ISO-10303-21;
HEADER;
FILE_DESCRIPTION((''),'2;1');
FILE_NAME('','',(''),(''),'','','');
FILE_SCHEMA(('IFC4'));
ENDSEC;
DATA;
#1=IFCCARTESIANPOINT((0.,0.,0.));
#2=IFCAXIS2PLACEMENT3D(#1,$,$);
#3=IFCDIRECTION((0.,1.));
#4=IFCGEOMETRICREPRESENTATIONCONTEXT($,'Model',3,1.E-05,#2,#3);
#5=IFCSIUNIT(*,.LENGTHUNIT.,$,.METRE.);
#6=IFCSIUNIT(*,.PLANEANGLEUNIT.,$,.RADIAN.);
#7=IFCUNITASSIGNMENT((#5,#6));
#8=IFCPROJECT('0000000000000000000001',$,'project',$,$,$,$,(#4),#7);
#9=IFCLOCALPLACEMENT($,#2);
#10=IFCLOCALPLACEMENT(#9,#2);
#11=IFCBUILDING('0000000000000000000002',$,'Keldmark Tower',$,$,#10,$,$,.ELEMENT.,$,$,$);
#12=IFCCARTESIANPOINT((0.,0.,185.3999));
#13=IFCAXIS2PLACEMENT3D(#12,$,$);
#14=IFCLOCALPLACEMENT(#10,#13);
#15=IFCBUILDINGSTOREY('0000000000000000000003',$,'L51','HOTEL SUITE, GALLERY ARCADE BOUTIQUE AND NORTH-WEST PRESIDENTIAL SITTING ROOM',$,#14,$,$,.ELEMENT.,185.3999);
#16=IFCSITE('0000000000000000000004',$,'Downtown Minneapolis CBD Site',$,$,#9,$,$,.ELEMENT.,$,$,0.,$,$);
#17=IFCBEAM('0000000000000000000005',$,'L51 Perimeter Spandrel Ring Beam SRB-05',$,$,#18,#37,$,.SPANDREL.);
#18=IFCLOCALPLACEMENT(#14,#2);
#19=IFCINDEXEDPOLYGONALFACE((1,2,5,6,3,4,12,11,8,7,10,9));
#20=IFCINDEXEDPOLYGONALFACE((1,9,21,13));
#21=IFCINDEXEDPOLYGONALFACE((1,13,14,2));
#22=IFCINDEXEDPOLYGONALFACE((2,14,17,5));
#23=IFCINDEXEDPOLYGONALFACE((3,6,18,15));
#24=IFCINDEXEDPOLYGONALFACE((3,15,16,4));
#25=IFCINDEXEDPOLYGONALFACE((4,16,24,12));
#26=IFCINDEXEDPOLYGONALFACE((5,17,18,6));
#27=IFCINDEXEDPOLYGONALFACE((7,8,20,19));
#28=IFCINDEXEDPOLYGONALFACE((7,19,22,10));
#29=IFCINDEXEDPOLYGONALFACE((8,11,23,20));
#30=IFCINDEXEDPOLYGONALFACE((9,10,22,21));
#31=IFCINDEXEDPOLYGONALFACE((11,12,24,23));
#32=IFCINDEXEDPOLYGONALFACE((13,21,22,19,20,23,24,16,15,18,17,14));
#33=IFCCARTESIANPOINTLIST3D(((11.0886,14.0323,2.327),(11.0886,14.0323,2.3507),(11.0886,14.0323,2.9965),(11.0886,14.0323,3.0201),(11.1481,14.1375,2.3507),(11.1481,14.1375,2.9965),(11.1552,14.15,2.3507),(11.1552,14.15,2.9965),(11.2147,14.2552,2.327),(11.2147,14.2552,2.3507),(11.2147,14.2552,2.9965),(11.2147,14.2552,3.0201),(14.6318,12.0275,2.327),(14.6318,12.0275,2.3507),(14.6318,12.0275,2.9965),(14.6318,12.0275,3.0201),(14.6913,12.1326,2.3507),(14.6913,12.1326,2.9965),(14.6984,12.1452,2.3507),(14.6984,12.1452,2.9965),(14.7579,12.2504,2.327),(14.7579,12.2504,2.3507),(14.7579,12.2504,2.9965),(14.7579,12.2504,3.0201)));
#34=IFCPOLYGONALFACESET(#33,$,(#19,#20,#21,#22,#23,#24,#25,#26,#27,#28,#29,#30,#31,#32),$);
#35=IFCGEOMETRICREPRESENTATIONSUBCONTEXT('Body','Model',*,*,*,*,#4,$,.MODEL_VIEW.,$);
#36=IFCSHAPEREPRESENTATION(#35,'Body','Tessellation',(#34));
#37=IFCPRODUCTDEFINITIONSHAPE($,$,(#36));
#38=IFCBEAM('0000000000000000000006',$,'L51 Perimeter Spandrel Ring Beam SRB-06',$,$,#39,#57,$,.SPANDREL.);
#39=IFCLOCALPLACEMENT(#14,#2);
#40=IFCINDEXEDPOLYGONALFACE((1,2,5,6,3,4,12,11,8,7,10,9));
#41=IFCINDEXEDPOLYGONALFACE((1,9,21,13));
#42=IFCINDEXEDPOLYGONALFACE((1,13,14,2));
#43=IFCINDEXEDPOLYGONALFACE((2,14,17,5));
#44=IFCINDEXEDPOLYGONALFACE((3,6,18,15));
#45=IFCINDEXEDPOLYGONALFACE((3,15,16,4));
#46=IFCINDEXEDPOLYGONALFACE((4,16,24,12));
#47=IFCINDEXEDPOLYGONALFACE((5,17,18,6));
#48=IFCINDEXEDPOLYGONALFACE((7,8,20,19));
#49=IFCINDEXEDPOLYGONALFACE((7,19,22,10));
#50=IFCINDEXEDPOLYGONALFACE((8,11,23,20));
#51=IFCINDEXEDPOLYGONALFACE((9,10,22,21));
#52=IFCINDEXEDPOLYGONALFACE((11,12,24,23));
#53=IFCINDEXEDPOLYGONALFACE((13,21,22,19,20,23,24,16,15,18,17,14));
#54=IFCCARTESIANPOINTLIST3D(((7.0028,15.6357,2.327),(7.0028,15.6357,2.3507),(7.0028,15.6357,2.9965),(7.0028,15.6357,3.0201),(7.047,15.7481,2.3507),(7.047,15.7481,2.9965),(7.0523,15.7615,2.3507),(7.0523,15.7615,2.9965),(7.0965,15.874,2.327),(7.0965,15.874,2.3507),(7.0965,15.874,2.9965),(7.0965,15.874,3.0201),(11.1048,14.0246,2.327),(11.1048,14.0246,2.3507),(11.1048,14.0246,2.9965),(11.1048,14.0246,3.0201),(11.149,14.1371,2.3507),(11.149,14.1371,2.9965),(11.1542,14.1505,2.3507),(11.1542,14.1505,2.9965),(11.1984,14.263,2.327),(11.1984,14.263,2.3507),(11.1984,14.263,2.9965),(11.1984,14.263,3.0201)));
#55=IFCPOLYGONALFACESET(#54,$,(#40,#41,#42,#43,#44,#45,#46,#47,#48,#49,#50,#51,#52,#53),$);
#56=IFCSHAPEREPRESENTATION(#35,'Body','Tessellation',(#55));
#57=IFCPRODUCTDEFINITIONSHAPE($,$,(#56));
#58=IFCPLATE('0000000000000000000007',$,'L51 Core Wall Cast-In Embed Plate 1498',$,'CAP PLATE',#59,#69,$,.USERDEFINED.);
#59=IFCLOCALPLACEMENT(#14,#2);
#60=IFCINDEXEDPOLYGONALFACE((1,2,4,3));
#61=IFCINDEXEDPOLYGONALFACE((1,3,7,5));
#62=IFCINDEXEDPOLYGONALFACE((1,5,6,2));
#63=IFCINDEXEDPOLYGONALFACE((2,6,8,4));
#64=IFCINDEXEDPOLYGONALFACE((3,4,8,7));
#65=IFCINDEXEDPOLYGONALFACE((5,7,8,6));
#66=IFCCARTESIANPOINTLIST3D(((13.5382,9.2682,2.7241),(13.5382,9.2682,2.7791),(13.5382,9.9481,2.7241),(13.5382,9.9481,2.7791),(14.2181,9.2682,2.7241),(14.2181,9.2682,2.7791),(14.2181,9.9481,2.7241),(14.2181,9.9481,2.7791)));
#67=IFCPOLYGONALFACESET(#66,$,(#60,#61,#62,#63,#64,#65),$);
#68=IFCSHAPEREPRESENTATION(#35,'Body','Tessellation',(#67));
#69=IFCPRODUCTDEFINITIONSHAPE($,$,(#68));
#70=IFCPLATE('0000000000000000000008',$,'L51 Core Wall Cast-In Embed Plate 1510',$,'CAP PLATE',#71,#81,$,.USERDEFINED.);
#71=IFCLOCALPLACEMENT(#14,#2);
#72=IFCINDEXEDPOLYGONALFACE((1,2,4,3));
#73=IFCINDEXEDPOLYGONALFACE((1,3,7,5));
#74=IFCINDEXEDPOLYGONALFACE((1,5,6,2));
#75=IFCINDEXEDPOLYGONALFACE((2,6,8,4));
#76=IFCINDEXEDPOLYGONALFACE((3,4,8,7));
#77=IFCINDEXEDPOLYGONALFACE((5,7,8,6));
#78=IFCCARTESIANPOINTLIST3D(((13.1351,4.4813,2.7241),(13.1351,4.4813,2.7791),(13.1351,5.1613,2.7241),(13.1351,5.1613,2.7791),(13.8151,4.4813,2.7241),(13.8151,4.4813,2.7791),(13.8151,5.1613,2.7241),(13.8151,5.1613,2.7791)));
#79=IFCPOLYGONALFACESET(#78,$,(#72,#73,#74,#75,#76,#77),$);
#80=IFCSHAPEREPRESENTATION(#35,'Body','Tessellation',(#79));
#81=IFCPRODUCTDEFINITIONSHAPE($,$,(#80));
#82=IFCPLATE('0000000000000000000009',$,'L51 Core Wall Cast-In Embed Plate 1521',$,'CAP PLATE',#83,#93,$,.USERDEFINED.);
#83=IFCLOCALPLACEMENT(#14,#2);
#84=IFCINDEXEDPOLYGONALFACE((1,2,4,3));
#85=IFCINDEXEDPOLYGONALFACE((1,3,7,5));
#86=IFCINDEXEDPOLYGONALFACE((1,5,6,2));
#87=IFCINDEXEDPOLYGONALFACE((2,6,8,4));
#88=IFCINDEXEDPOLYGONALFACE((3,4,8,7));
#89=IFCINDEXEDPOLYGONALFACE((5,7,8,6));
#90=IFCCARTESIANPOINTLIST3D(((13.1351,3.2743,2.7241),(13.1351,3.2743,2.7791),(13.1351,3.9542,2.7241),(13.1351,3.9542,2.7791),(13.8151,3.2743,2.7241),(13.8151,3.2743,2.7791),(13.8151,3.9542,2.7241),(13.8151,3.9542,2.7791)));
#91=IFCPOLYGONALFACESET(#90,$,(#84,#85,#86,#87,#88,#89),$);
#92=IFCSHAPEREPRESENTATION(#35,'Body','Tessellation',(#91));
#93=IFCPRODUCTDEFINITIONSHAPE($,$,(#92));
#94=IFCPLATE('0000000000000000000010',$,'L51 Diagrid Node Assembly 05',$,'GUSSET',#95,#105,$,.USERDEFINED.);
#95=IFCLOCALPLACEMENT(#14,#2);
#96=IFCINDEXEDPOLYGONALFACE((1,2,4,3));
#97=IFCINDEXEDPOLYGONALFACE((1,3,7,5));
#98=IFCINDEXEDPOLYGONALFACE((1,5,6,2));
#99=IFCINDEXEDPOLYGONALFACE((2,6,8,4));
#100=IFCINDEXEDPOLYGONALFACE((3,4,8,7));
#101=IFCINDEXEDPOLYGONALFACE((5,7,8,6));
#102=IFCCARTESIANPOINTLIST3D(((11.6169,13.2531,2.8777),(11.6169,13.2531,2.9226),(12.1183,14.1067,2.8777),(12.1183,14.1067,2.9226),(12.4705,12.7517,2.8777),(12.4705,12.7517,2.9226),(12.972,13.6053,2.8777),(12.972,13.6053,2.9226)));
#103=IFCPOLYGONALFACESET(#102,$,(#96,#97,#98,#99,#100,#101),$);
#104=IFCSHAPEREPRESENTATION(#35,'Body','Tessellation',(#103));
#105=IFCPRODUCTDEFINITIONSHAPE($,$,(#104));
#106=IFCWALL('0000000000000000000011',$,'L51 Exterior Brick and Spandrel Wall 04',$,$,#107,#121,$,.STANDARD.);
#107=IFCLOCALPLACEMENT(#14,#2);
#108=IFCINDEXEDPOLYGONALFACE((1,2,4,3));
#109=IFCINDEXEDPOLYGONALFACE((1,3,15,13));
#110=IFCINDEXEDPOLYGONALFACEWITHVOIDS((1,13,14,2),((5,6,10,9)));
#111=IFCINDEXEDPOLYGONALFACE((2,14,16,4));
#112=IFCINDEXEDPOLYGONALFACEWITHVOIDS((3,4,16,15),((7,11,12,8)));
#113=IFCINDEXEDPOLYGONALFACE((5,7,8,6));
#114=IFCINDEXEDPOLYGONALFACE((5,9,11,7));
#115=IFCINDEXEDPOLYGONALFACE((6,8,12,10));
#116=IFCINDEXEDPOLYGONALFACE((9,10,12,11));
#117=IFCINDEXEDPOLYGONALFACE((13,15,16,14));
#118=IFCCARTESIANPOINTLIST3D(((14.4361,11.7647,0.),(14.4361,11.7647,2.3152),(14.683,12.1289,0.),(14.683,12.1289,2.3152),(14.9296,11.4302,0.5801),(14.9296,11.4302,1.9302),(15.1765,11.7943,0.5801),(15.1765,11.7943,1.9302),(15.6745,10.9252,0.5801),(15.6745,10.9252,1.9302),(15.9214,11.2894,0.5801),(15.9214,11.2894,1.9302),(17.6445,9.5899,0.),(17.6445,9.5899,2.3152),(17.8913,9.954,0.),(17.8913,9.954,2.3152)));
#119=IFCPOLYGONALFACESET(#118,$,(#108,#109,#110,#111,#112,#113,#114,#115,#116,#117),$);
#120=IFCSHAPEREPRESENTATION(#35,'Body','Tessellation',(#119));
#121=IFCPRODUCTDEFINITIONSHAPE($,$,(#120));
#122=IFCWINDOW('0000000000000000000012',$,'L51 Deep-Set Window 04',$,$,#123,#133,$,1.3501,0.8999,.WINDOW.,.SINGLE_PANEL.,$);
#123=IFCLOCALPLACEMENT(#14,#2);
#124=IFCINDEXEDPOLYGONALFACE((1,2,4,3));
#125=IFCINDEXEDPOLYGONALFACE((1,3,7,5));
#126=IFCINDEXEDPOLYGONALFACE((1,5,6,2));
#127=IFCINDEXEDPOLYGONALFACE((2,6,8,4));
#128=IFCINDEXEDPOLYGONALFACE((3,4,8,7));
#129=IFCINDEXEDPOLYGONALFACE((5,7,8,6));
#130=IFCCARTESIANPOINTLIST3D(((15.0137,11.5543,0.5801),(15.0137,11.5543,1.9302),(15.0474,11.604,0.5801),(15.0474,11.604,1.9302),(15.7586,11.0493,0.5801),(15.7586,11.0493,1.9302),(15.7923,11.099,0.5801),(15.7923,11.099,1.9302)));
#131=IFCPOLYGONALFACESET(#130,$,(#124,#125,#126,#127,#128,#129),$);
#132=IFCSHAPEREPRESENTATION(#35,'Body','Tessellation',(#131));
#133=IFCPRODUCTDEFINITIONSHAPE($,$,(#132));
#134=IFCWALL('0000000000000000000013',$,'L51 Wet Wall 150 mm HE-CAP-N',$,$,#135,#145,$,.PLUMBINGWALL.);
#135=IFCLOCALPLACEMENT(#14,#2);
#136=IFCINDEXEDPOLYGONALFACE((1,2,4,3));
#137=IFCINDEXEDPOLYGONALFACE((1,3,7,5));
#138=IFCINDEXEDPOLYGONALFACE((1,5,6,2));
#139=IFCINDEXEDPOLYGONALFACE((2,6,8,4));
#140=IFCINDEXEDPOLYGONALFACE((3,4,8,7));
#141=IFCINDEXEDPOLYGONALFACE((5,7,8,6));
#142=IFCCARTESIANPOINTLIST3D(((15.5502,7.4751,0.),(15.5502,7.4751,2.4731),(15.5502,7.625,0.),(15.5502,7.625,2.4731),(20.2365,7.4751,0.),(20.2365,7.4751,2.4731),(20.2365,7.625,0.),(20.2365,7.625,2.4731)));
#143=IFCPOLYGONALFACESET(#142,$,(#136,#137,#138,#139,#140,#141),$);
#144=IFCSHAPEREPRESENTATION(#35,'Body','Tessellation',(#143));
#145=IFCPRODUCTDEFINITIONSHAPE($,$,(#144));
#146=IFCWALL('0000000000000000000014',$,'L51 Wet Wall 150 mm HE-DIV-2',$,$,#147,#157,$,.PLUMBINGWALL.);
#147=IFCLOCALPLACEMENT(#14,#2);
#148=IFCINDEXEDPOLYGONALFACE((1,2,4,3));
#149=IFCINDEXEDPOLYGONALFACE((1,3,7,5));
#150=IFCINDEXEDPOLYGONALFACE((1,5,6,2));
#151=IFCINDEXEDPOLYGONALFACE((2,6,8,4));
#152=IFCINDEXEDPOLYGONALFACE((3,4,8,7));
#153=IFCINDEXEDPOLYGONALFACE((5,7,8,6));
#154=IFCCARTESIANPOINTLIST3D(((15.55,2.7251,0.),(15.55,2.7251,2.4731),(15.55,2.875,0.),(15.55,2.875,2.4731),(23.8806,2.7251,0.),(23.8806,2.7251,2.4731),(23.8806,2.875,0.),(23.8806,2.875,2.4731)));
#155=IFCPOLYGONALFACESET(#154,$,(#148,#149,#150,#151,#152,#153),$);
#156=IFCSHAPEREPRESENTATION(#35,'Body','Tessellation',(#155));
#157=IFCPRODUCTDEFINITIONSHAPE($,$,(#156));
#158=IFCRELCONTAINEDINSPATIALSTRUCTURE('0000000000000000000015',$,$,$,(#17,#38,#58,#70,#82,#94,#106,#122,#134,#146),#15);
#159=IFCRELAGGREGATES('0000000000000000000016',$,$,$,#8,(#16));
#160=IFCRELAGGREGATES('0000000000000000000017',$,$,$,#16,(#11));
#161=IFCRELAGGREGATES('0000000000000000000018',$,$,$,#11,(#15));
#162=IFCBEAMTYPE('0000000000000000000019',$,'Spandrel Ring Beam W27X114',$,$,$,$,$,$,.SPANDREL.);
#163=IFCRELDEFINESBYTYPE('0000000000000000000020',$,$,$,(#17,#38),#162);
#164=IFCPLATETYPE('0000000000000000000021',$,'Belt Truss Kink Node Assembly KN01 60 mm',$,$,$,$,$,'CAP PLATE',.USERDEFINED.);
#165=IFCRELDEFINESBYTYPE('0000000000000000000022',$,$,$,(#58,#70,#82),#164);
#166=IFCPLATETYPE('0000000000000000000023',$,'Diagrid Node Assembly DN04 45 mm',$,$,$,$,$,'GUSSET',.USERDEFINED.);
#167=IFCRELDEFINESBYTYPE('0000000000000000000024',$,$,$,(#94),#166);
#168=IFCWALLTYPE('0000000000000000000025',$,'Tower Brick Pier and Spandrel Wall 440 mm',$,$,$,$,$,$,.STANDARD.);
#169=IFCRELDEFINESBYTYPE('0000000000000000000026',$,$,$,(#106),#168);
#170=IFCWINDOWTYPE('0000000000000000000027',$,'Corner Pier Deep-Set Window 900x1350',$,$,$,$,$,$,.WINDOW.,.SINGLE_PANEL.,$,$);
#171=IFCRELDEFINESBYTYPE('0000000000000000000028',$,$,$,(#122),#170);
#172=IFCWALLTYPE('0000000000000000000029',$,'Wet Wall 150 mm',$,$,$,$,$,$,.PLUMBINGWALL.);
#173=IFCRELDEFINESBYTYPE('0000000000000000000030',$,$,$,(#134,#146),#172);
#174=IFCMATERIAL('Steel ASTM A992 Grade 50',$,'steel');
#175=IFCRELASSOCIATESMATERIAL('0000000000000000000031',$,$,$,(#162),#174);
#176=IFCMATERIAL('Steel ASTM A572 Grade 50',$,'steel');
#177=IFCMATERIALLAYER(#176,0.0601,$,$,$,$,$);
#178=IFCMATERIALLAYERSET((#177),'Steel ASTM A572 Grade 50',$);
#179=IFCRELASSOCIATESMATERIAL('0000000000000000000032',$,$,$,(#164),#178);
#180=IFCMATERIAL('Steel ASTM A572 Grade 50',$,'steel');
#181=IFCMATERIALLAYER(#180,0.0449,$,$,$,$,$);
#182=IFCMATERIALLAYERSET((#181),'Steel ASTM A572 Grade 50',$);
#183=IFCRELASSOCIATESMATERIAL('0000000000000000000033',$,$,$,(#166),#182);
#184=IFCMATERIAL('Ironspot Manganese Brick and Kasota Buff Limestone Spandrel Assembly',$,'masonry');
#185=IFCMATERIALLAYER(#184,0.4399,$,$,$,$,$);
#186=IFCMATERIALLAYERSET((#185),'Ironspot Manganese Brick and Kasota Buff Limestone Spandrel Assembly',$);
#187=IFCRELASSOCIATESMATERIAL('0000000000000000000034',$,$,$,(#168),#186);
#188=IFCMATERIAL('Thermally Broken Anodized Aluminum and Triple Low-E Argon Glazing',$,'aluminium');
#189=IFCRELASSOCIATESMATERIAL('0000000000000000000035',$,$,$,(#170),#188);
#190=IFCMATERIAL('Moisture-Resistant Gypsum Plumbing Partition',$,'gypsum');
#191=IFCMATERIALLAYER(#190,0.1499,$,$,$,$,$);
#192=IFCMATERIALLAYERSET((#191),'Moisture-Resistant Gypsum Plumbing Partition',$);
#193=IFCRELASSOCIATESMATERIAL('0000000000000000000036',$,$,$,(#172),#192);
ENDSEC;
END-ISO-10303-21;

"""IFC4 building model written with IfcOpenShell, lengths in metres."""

from ifc_helpers import new_model, si_unit, direction, frame, frame_2d, origin, origin_2d, place, context, subcontext, project, spatial, rectangle, i_section, extrude, material, layer, layer_set, material_profile, profile_set, type_object, element, fill, save


model = new_model("IFC4")

# Units and contexts
model_context = context("Model", 3, precision=1e-05, world=origin(), true_north=direction((0.0, 1.0)))
body_context = subcontext(model_context, "Body", "Model", "MODEL_VIEW")
ifc_project = project(units=[si_unit("LENGTHUNIT", "METRE"), si_unit("PLANEANGLEUNIT", "RADIAN")], contexts=[model_context])

# Site, building, storey
site_placement = place(None, origin())
site = spatial("IfcSite", under=ifc_project, at=site_placement, Name="Downtown Minneapolis CBD Site", CompositionType="ELEMENT", RefElevation=0.0)
building_placement = place(site_placement, origin())
building = spatial("IfcBuilding", under=site, at=building_placement, Name="Keldmark Tower", CompositionType="ELEMENT")
storey_placement = place(building_placement, frame((0.0, 0.0, 185.3999)))
storey = spatial("IfcBuildingStorey", under=building, at=storey_placement, Name="L51", Description="HOTEL SUITE, GALLERY ARCADE BOUTIQUE AND NORTH-WEST PRESIDENTIAL SITTING ROOM", CompositionType="ELEMENT", Elevation=185.3999)

# Beams
ifc_material_1 = material(Name="Steel ASTM A992 Grade 50", Category="steel")
ifc_material_profile_1 = material_profile(ifc_material_1, i_section(OverallWidth=0.2561, OverallDepth=0.6931, WebThickness=0.0144, FlangeThickness=0.0237, at=origin_2d()), Name="W27X114")
ifc_profile_set_1 = profile_set([ifc_material_profile_1], Name="Steel ASTM A992 Grade 50")
beam_type_1 = type_object("IfcBeamType", Name="Spandrel Ring Beam W27X114", PredefinedType="SPANDREL", material=ifc_profile_set_1)
beam_1_placement = place(storey_placement, frame((14.6948, 12.1389, 2.6736), z_axis=(-0.870332, 0.492466, 0.0), x_axis=(-0.492466, -0.870332, 0.0)))
element("IfcBeam", 1, at=beam_1_placement, inside=storey, type_object=beam_type_1, Name="L51 Perimeter Spandrel Ring Beam SRB-05", PredefinedType="SPANDREL", context=body_context, shape_type="SweptSolid", body=[
    extrude(i_section(OverallWidth=0.2561, OverallDepth=0.6931, WebThickness=0.0144, FlangeThickness=0.0237, at=origin_2d()), origin(), (0.0, 0.0, 1.0), 4.071),
])
beam_2_placement = place(storey_placement, frame((11.1516, 14.1438, 2.6736), z_axis=(-0.930785, 0.365567, 0.0), x_axis=(-0.365567, -0.930785, 0.0)))
element("IfcBeam", 2, at=beam_2_placement, inside=storey, type_object=beam_type_1, Name="L51 Perimeter Spandrel Ring Beam SRB-06", PredefinedType="SPANDREL", context=body_context, shape_type="SweptSolid", body=[
    extrude(i_section(OverallWidth=0.2561, OverallDepth=0.6931, WebThickness=0.0144, FlangeThickness=0.0237, at=origin_2d()), origin(), (0.0, 0.0, 1.0), 4.407),
])

# Plates
ifc_material_2 = material(Name="Steel ASTM A572 Grade 50", Category="steel")
ifc_layer_1 = layer(ifc_material_2, 0.0601)
ifc_layer_set_1 = layer_set([ifc_layer_1], Name="Steel ASTM A572 Grade 50")
plate_type_1 = type_object("IfcPlateType", Name="Belt Truss Kink Node Assembly KN01 60 mm", ElementType="CAP PLATE", PredefinedType="USERDEFINED", material=ifc_layer_set_1)
for number, where, z_axis, x_axis, name in (
    (3, (13.8782, 9.6082, 2.7241), (0.0, 0.0, 1.0), (1.0, 0.0, 0.0), "L51 Core Wall Cast-In Embed Plate 1498"),
    (4, (13.4751, 4.8213, 2.7241), (0.0, 0.0, 1.0), (1.0, 0.0, 0.0), "L51 Core Wall Cast-In Embed Plate 1510"),
    (5, (13.4751, 3.6143, 2.7241), (0.0, 0.0, 1.0), (1.0, 0.0, 0.0), "L51 Core Wall Cast-In Embed Plate 1521"),
):
    element("IfcPlate", number, at=place(storey_placement, frame(where, z_axis=z_axis, x_axis=x_axis)), inside=storey, type_object=plate_type_1, Name=name, ObjectType="CAP PLATE", PredefinedType="USERDEFINED", context=body_context, shape_type="SweptSolid", body=[
        extrude(rectangle(XDim=0.6799, YDim=0.6799, at=origin_2d()), origin(), (0.0, 0.0, 1.0), 0.0549),
    ])
ifc_material_3 = material(Name="Steel ASTM A572 Grade 50", Category="steel")
ifc_layer_2 = layer(ifc_material_3, 0.0449)
ifc_layer_set_2 = layer_set([ifc_layer_2], Name="Steel ASTM A572 Grade 50")
plate_type_2 = type_object("IfcPlateType", Name="Diagrid Node Assembly DN04 45 mm", ElementType="GUSSET", PredefinedType="USERDEFINED", material=ifc_layer_set_2)
plate_placement = place(storey_placement, frame((12.2944, 13.4292, 2.8777), z_axis=(0.0, 0.0, 1.0), x_axis=(-0.862249, 0.506485, 0.0)))
element("IfcPlate", 6, at=plate_placement, inside=storey, type_object=plate_type_2, Name="L51 Diagrid Node Assembly 05", ObjectType="GUSSET", PredefinedType="USERDEFINED", context=body_context, shape_type="SweptSolid", body=[
    extrude(rectangle(XDim=0.99, YDim=0.99, at=origin_2d()), origin(), (0.0, 0.0, 1.0), 0.0449),
])

# Wall, opening, window
ifc_material_4 = material(Name="Ironspot Manganese Brick and Kasota Buff Limestone Spandrel Assembly", Category="masonry")
ifc_layer_3 = layer(ifc_material_4, 0.4399)
ifc_layer_set_3 = layer_set([ifc_layer_3], Name="Ironspot Manganese Brick and Kasota Buff Limestone Spandrel Assembly")
wall_type_1 = type_object("IfcWallType", Name="Tower Brick Pier and Spandrel Wall 440 mm", PredefinedType="STANDARD", material=ifc_layer_set_3)
wall_1_placement = place(storey_placement, frame((14.5596, 11.9468, 0.0), z_axis=(0.0, 0.0, 1.0), x_axis=(0.827742, -0.561109, 0.0)))
wall_1 = element("IfcWall", 7, at=wall_1_placement, inside=storey, type_object=wall_type_1, Name="L51 Exterior Brick and Spandrel Wall 04", PredefinedType="STANDARD", context=body_context, shape_type="SweptSolid", body=[
    extrude(rectangle(XDim=3.876, YDim=0.4399, at=frame_2d((1.938, 0.0))), origin(), (0.0, 0.0, 1.0), 2.3152),
])
opening_1_placement = place(wall_1_placement, frame((0.5962, 0.0, 0.5801)))
opening_1 = element("IfcOpeningElement", 8, at=opening_1_placement, cuts=wall_1, PredefinedType="OPENING", context=body_context, shape_type="SweptSolid", body=[
    extrude(rectangle(XDim=0.8999, YDim=1.3501, at=frame_2d((0.45, 0.675))), frame((0.0, 0.23, 0.0), z_axis=(0.0, -1.0, 0.0), x_axis=(1.0, 0.0, 0.0)), (0.0, 0.0, 1.0), 0.46),
])
ifc_material_5 = material(Name="Thermally Broken Anodized Aluminum and Triple Low-E Argon Glazing", Category="aluminium")
window_type = type_object("IfcWindowType", Name="Corner Pier Deep-Set Window 900x1350", PartitioningType="SINGLE_PANEL", PredefinedType="WINDOW", material=ifc_material_5)
window_placement = place(opening_1_placement, origin())
window = element("IfcWindow", 9, at=window_placement, inside=storey, type_object=window_type, Name="L51 Deep-Set Window 04", OverallHeight=1.3501, OverallWidth=0.8999, PartitioningType="SINGLE_PANEL", PredefinedType="WINDOW", context=body_context, shape_type="SweptSolid", body=[
    extrude(rectangle(XDim=0.8999, YDim=1.3501, at=frame_2d((0.45, 0.675))), frame((0.0, -0.01, 0.0), z_axis=(0.0, -1.0, 0.0), x_axis=(1.0, 0.0, 0.0)), (0.0, 0.0, 1.0), 0.0601),
])
fill(opening_1, window)

# Walls
ifc_material_6 = material(Name="Moisture-Resistant Gypsum Plumbing Partition", Category="gypsum")
ifc_layer_4 = layer(ifc_material_6, 0.1499)
ifc_layer_set_4 = layer_set([ifc_layer_4], Name="Moisture-Resistant Gypsum Plumbing Partition")
wall_type_2 = type_object("IfcWallType", Name="Wet Wall 150 mm", PredefinedType="PLUMBINGWALL", material=ifc_layer_set_4)
wall_2_placement = place(storey_placement, frame((15.55, 7.55, 0.0), z_axis=(0.0, 0.0, 1.0), x_axis=(1.0, 0.0, 0.0)))
element("IfcWall", 10, at=wall_2_placement, inside=storey, type_object=wall_type_2, Name="L51 Wet Wall 150 mm HE-CAP-N", PredefinedType="PLUMBINGWALL", context=body_context, shape_type="SweptSolid", body=[
    extrude(rectangle(XDim=4.6863, YDim=0.1499, at=frame_2d((2.3433, 0.0))), origin(), (0.0, 0.0, 1.0), 2.4731),
])
wall_3_placement = place(storey_placement, frame((15.55, 2.8, 0.0), z_axis=(0.0, 0.0, 1.0), x_axis=(1.0, 0.0, 0.0)))
element("IfcWall", 11, at=wall_3_placement, inside=storey, type_object=wall_type_2, Name="L51 Wet Wall 150 mm HE-DIV-2", PredefinedType="PLUMBINGWALL", context=body_context, shape_type="SweptSolid", body=[
    extrude(rectangle(XDim=8.3306, YDim=0.1499, at=frame_2d((4.1653, 0.0))), origin(), (0.0, 0.0, 1.0), 2.4731),
])

save(model, "model.ifc")
